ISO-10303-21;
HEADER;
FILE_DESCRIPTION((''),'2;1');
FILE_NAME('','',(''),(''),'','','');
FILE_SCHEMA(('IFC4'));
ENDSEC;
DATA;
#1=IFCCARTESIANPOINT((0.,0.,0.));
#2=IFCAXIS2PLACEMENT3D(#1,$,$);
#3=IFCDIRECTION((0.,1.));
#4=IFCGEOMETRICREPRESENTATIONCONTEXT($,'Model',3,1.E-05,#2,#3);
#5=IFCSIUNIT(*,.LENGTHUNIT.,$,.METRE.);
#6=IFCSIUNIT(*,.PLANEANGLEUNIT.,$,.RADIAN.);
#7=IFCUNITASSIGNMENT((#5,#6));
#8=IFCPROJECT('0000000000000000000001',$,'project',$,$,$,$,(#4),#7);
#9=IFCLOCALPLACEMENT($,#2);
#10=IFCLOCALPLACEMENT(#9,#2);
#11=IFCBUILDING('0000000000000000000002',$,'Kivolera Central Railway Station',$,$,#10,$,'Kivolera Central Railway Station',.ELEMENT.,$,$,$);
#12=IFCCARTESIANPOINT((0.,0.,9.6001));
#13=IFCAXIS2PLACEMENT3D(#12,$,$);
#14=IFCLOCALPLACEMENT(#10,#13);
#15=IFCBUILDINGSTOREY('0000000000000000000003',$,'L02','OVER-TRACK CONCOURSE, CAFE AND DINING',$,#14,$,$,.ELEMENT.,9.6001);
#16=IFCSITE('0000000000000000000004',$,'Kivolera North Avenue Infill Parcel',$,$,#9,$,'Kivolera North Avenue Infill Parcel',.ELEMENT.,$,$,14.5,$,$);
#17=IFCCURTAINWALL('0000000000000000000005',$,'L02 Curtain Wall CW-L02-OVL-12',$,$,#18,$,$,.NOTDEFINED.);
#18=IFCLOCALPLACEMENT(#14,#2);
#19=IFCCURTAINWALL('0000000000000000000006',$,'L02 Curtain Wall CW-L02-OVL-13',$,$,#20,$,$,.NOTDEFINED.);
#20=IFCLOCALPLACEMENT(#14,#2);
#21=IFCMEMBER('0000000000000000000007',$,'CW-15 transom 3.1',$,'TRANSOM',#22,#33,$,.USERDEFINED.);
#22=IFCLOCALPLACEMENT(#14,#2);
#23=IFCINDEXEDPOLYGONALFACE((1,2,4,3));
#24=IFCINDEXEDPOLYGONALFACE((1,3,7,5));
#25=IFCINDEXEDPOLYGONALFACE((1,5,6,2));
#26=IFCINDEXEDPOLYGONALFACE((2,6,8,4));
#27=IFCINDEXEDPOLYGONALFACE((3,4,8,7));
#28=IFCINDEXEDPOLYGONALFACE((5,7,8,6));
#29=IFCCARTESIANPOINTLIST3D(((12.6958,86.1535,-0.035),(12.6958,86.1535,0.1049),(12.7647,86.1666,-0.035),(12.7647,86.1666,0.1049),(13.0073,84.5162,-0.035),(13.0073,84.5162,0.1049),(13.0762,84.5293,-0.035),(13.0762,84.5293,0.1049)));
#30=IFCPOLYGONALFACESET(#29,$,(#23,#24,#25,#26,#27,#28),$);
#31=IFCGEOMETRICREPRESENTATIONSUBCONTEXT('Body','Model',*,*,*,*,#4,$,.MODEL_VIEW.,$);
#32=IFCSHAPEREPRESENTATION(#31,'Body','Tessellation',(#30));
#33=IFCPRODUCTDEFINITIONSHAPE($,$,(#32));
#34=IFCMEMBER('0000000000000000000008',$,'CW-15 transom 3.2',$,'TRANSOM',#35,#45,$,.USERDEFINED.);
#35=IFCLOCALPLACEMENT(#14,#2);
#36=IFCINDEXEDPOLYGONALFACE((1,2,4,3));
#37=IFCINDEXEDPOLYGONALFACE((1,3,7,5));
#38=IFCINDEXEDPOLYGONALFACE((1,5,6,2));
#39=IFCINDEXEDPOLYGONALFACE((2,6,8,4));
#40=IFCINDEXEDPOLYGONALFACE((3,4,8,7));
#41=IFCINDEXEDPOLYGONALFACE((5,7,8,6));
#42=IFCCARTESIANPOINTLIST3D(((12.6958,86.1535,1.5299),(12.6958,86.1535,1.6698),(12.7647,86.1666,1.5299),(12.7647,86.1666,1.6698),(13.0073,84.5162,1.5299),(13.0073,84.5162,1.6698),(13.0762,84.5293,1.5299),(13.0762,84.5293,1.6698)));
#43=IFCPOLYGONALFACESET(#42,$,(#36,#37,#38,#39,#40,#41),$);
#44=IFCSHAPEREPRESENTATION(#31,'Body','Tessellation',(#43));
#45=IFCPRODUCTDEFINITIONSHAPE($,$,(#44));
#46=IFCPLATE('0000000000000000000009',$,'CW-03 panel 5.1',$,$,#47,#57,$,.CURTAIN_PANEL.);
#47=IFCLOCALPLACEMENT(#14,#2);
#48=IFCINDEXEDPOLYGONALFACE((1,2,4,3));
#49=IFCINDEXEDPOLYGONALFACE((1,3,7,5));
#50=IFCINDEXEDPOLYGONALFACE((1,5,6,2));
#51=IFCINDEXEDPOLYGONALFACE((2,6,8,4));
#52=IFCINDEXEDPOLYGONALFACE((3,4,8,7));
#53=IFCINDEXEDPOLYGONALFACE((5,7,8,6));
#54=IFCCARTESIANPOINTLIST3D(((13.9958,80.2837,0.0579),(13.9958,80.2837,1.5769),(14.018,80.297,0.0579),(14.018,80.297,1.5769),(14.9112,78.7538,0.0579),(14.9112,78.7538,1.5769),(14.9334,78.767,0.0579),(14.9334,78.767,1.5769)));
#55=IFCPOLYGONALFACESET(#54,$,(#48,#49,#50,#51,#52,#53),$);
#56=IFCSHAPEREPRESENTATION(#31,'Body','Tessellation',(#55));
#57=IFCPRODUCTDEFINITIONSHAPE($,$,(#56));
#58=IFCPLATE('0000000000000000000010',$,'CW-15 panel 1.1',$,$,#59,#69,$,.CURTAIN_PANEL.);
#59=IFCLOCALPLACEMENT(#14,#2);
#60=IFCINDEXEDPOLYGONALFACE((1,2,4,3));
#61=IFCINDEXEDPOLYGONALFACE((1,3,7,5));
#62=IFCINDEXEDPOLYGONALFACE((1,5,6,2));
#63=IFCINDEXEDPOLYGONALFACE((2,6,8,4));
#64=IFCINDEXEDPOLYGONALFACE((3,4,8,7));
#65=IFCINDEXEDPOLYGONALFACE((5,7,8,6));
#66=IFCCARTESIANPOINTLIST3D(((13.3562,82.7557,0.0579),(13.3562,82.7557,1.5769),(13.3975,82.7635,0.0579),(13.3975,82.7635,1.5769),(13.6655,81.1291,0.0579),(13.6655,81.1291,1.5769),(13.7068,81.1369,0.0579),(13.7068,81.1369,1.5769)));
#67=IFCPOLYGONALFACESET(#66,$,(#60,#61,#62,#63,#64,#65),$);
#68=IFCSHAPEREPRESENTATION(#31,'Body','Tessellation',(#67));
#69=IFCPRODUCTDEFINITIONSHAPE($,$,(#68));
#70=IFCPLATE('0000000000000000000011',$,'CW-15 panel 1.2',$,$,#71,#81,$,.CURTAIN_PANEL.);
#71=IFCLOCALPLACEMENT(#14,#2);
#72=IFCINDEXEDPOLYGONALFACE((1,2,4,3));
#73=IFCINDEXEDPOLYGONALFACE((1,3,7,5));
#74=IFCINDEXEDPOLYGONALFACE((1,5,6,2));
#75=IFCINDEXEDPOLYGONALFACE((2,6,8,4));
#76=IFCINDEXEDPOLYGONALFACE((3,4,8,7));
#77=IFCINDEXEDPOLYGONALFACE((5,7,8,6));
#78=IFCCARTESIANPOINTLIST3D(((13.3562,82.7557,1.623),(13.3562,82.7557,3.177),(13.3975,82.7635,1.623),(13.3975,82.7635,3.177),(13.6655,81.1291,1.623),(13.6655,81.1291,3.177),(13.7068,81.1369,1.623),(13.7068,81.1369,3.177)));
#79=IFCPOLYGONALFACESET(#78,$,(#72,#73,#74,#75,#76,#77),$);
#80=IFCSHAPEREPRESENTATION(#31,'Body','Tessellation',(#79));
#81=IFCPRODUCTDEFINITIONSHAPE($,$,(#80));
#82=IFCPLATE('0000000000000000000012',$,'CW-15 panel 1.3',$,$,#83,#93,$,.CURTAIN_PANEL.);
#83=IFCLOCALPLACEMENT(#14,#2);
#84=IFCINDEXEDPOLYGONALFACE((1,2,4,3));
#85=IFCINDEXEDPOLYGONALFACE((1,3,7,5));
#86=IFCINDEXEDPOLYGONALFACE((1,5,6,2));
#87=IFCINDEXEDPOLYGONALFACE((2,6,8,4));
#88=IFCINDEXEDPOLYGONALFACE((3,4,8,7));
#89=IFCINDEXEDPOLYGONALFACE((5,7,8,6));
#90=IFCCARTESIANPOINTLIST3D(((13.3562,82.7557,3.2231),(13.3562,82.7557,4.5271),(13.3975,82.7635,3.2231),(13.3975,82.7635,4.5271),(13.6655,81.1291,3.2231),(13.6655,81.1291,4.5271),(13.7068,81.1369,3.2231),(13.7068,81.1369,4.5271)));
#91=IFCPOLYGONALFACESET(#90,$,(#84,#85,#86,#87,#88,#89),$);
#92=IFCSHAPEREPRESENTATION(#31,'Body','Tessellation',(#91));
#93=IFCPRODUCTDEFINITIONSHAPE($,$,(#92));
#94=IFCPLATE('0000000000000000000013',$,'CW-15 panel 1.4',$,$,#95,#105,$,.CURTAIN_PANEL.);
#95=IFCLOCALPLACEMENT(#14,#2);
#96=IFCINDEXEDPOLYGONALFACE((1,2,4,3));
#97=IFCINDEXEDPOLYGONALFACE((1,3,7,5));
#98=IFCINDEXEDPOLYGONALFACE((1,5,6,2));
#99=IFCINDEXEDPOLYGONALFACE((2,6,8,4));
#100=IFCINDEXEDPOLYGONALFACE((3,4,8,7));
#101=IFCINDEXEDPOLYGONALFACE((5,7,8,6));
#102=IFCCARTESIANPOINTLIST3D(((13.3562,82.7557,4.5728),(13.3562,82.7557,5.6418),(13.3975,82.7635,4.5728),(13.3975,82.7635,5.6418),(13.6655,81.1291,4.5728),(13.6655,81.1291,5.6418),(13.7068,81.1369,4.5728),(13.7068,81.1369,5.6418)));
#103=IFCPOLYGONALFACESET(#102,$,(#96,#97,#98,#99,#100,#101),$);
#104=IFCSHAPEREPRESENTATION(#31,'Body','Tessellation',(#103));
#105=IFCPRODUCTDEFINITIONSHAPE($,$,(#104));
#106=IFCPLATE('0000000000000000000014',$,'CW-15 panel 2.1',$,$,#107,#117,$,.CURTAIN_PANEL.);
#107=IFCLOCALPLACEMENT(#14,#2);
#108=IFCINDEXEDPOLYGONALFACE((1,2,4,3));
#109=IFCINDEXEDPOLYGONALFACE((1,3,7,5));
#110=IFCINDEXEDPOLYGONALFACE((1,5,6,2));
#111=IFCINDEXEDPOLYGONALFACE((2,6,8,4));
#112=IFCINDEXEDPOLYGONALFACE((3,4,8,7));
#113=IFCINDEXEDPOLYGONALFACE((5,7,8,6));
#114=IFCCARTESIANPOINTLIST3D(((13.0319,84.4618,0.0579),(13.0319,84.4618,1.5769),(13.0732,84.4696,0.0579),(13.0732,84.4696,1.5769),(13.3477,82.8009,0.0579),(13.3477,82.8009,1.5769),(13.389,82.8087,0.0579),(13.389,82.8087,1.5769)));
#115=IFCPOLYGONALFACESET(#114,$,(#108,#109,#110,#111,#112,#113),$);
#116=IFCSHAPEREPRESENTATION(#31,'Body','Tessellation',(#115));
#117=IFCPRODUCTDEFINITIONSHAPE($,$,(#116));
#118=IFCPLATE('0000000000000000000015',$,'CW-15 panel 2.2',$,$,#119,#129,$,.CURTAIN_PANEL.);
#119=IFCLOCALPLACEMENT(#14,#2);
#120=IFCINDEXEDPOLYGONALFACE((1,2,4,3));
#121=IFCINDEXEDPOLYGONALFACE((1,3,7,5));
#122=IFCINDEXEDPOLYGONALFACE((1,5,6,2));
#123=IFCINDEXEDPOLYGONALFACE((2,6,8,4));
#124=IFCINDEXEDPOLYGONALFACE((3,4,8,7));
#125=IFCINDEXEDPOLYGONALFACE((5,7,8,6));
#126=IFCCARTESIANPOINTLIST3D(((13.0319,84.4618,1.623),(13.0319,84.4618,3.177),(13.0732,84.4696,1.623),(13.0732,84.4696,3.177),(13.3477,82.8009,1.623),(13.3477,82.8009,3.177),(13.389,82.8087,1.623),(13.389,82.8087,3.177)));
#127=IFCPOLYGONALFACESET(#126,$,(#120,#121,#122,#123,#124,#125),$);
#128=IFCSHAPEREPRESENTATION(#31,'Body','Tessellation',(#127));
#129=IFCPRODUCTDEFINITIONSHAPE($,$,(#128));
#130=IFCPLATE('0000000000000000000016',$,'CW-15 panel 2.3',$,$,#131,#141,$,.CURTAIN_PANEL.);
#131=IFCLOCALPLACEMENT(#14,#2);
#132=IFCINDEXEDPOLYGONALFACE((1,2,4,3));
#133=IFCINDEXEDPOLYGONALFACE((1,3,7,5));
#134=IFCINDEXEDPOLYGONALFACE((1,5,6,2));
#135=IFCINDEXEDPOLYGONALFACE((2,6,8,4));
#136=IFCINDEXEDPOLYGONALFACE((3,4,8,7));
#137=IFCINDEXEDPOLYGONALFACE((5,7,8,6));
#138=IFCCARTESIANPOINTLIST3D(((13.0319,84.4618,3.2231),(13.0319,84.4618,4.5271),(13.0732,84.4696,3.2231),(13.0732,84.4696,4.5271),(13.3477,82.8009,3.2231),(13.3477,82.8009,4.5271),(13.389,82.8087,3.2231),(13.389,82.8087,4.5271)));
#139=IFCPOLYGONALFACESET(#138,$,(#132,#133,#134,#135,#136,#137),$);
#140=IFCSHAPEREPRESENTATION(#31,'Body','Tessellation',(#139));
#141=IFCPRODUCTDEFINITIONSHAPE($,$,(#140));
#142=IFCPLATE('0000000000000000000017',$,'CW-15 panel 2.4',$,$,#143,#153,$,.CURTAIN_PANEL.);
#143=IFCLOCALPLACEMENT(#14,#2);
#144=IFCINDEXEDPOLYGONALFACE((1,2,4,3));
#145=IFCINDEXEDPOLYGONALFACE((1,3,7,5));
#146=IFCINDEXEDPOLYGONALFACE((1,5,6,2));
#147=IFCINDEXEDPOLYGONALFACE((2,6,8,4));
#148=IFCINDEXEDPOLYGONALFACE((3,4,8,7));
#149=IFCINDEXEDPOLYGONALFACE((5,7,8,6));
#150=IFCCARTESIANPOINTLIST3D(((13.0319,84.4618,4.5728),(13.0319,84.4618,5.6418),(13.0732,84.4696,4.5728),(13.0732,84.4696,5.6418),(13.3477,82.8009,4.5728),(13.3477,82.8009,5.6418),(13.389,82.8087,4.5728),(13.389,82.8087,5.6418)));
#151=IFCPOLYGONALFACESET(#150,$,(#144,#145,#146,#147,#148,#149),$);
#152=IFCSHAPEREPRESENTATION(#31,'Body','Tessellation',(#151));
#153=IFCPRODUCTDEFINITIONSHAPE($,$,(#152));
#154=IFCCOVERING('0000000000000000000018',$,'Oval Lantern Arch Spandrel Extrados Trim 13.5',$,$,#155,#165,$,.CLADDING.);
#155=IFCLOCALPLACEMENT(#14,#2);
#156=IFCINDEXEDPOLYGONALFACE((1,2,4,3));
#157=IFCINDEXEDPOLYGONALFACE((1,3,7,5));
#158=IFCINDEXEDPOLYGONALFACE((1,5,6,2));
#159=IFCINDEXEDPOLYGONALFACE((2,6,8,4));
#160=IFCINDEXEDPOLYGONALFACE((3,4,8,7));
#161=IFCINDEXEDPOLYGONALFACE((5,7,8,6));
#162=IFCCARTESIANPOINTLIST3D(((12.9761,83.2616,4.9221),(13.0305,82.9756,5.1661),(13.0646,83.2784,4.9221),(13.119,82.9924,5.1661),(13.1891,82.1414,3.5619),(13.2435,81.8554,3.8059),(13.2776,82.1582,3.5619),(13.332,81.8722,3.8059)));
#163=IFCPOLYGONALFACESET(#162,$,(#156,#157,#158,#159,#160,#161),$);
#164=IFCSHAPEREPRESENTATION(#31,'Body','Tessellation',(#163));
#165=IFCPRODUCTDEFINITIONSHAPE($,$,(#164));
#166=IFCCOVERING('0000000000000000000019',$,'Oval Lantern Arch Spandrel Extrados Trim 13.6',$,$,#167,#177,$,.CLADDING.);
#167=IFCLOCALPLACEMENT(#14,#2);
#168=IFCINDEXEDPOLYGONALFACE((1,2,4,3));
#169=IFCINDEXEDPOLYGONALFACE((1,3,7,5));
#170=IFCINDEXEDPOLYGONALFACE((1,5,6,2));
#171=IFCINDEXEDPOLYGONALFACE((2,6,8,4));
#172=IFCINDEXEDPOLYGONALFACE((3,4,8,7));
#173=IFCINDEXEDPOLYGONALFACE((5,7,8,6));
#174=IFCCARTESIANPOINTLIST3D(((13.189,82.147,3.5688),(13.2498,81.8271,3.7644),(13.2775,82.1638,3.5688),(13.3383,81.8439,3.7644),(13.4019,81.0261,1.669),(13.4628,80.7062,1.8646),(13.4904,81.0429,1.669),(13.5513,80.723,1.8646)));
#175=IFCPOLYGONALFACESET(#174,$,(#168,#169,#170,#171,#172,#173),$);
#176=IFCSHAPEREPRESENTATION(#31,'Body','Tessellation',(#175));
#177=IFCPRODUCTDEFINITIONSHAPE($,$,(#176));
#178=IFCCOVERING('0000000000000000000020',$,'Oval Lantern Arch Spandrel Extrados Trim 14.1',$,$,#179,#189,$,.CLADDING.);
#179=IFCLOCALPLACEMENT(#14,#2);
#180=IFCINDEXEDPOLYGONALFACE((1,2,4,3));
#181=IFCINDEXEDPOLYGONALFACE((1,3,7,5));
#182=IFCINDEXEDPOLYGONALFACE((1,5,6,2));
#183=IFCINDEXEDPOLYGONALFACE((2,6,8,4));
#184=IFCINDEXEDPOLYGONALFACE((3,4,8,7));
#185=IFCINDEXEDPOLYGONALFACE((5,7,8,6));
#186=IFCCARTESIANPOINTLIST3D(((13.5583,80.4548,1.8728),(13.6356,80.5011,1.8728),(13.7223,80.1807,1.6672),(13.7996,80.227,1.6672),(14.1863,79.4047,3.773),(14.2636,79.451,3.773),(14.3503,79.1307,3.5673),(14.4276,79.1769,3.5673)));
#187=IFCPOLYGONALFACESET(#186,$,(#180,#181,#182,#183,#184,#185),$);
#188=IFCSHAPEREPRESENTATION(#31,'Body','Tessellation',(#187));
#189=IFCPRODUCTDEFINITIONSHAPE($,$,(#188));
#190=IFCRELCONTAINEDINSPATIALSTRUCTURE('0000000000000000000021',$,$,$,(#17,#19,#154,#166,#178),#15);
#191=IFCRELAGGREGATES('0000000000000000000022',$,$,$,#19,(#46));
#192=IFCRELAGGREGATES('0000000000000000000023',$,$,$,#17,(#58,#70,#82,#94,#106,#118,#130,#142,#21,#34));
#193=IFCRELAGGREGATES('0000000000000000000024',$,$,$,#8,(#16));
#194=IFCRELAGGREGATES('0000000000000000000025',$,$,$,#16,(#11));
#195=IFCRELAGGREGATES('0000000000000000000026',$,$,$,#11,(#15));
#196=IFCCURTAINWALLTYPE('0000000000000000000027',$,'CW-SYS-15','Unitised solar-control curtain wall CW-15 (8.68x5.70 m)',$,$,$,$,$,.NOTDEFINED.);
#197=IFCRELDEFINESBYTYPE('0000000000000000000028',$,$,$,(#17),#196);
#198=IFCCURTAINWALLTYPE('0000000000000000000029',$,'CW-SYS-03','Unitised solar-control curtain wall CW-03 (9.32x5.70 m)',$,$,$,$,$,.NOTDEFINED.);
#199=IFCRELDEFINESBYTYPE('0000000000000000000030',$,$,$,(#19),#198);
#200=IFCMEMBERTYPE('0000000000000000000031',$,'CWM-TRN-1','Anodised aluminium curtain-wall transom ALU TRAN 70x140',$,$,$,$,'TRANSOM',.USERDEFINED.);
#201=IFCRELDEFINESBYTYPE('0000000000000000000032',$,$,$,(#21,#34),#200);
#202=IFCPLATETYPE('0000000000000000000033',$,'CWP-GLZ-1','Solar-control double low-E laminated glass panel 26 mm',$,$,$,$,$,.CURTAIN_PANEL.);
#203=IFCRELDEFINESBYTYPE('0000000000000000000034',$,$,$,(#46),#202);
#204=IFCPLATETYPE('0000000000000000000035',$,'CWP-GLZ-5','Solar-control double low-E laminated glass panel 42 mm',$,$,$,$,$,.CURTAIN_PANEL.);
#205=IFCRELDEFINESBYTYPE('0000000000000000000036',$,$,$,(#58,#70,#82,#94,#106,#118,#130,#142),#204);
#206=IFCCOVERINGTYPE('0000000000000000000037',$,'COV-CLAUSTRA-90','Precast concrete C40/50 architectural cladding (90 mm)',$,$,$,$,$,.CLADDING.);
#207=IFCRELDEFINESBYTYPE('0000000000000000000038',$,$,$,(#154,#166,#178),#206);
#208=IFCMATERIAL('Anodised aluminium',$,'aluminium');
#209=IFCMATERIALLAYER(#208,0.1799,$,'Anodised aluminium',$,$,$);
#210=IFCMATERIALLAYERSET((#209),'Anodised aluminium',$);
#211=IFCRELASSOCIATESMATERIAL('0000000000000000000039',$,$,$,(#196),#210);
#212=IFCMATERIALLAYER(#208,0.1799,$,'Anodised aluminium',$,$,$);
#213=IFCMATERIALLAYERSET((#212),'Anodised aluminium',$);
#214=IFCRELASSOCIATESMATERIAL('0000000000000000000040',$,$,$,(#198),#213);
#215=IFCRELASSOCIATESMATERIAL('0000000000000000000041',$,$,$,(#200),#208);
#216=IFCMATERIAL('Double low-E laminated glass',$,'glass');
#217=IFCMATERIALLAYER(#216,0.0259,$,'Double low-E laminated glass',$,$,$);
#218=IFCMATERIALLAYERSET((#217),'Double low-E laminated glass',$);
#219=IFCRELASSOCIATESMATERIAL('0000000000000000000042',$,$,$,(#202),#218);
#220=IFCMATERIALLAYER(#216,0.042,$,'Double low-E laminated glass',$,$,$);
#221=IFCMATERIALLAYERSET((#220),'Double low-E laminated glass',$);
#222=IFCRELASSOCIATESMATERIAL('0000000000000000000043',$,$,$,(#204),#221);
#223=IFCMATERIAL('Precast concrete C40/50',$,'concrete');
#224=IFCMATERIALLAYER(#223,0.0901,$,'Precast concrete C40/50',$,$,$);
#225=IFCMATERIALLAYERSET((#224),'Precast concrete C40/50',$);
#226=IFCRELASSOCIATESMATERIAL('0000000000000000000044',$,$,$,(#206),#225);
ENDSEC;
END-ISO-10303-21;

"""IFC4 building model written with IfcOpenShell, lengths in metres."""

from ifc_helpers import new_model, si_unit, direction, frame, origin, origin_2d, place, context, subcontext, project, spatial, rectangle, extrude, material, layer, layer_set, material_profile, profile_set, type_object, element, aggregate, save


model = new_model("IFC4")

# Units and contexts
model_context = context("Model", 3, precision=1e-05, world=origin(), true_north=direction((0.0, 1.0)))
body_context = subcontext(model_context, "Body", "Model", "MODEL_VIEW")
ifc_project = project(units=[si_unit("LENGTHUNIT", "METRE"), si_unit("PLANEANGLEUNIT", "RADIAN")], contexts=[model_context])

# Site, building, storey
site_placement = place(None, origin())
site = spatial("IfcSite", under=ifc_project, at=site_placement, Name="Kivolera North Avenue Infill Parcel", LongName="Kivolera North Avenue Infill Parcel", CompositionType="ELEMENT", RefElevation=14.5)
building_placement = place(site_placement, origin())
building = spatial("IfcBuilding", under=site, at=building_placement, Name="Kivolera Central Railway Station", LongName="Kivolera Central Railway Station", CompositionType="ELEMENT")
storey_placement = place(building_placement, frame((0.0, 0.0, 9.6001)))
storey = spatial("IfcBuildingStorey", under=building, at=storey_placement, Name="L02", Description="OVER-TRACK CONCOURSE, CAFE AND DINING", CompositionType="ELEMENT", Elevation=9.6001)

# Curtain wall
ifc_material_1 = material(Name="Anodised aluminium", Category="aluminium")
ifc_layer_1 = layer(ifc_material_1, 0.1799, Name="Anodised aluminium")
ifc_layer_set_1 = layer_set([ifc_layer_1], Name="Anodised aluminium")
curtain_wall_type_1 = type_object("IfcCurtainWallType", Name="CW-SYS-15", Description="Unitised solar-control curtain wall CW-15 (8.68x5.70 m)", PredefinedType="NOTDEFINED", material=ifc_layer_set_1)
curtain_wall_1_placement = place(storey_placement, origin())
curtain_wall_1 = element("IfcCurtainWall", 1, at=curtain_wall_1_placement, inside=storey, type_object=curtain_wall_type_1, Name="L02 Curtain Wall CW-L02-OVL-12", PredefinedType="NOTDEFINED")

# Curtain wall
ifc_layer_2 = layer(ifc_material_1, 0.1799, Name="Anodised aluminium")
ifc_layer_set_2 = layer_set([ifc_layer_2], Name="Anodised aluminium")
curtain_wall_type_2 = type_object("IfcCurtainWallType", Name="CW-SYS-03", Description="Unitised solar-control curtain wall CW-03 (9.32x5.70 m)", PredefinedType="NOTDEFINED", material=ifc_layer_set_2)
curtain_wall_2_placement = place(storey_placement, origin())
curtain_wall_2 = element("IfcCurtainWall", 2, at=curtain_wall_2_placement, inside=storey, type_object=curtain_wall_type_2, Name="L02 Curtain Wall CW-L02-OVL-13", PredefinedType="NOTDEFINED")

# Members
ifc_material_profile_1 = material_profile(ifc_material_1, rectangle(XDim=0.0701, YDim=0.1399, at=origin_2d()), Name="ALU TRAN 70x140")
ifc_profile_set_1 = profile_set([ifc_material_profile_1], Name="Anodised aluminium")
member_type_1 = type_object("IfcMemberType", Name="CWM-TRN-1", Description="Anodised aluminium curtain-wall transom ALU TRAN 70x140", ElementType="TRANSOM", PredefinedType="USERDEFINED", material=ifc_profile_set_1)
member_1_placement = place(storey_placement, frame((13.0417, 84.5227, 0.0349), z_axis=(-0.186897, 0.98238, 0.0), x_axis=(-0.98238, -0.186897, 0.0)))
member_1 = element("IfcMember", 3, at=member_1_placement, type_object=member_type_1, Name="CW-15 transom 3.1", ObjectType="TRANSOM", PredefinedType="USERDEFINED", context=body_context, shape_type="SweptSolid", body=[
    extrude(rectangle(XDim=0.0701, YDim=0.1399, at=origin_2d()), origin(), (0.0, 0.0, 1.0), 1.6667),
])
member_2_placement = place(storey_placement, frame((13.0417, 84.5227, 1.5999), z_axis=(-0.186897, 0.98238, 0.0), x_axis=(-0.98238, -0.186897, 0.0)))
member_2 = element("IfcMember", 4, at=member_2_placement, type_object=member_type_1, Name="CW-15 transom 3.2", ObjectType="TRANSOM", PredefinedType="USERDEFINED", context=body_context, shape_type="SweptSolid", body=[
    extrude(rectangle(XDim=0.0701, YDim=0.1399, at=origin_2d()), origin(), (0.0, 0.0, 1.0), 1.6667),
])

# Plates
ifc_material_2 = material(Name="Double low-E laminated glass", Category="glass")
ifc_layer_3 = layer(ifc_material_2, 0.0259, Name="Double low-E laminated glass")
ifc_layer_set_3 = layer_set([ifc_layer_3], Name="Double low-E laminated glass")
plate_type_1 = type_object("IfcPlateType", Name="CWP-GLZ-1", Description="Solar-control double low-E laminated glass panel 26 mm", PredefinedType="CURTAIN_PANEL", material=ifc_layer_set_3)
plate_1_placement = place(storey_placement, frame((14.4646, 79.5254, 0.0579), z_axis=(0.0, 0.0, 1.0), x_axis=(-0.513454, 0.858117, 0.0)))
plate_1 = element("IfcPlate", 5, at=plate_1_placement, type_object=plate_type_1, Name="CW-03 panel 5.1", PredefinedType="CURTAIN_PANEL", context=body_context, shape_type="SweptSolid", body=[
    extrude(rectangle(XDim=1.783, YDim=0.0259, at=origin_2d()), origin(), (0.0, 0.0, 1.0), 1.519),
])
aggregate(curtain_wall_2, [plate_1])
ifc_layer_4 = layer(ifc_material_2, 0.042, Name="Double low-E laminated glass")
ifc_layer_set_4 = layer_set([ifc_layer_4], Name="Double low-E laminated glass")
plate_type_2 = type_object("IfcPlateType", Name="CWP-GLZ-5", Description="Solar-control double low-E laminated glass panel 42 mm", PredefinedType="CURTAIN_PANEL", material=ifc_layer_set_4)
plate_2_placement = place(storey_placement, frame((13.5315, 81.9463, 0.0579), z_axis=(0.0, 0.0, 1.0), x_axis=(-0.186784, 0.982401, 0.0)))
plate_2 = element("IfcPlate", 6, at=plate_2_placement, type_object=plate_type_2, Name="CW-15 panel 1.1", PredefinedType="CURTAIN_PANEL", context=body_context, shape_type="SweptSolid", body=[
    extrude(rectangle(XDim=1.6558, YDim=0.042, at=origin_2d()), origin(), (0.0, 0.0, 1.0), 1.519),
])
plate_3_placement = place(storey_placement, frame((13.5315, 81.9463, 1.623), z_axis=(0.0, 0.0, 1.0), x_axis=(-0.186784, 0.982401, 0.0)))
plate_3 = element("IfcPlate", 7, at=plate_3_placement, type_object=plate_type_2, Name="CW-15 panel 1.2", PredefinedType="CURTAIN_PANEL", context=body_context, shape_type="SweptSolid", body=[
    extrude(rectangle(XDim=1.6558, YDim=0.042, at=origin_2d()), origin(), (0.0, 0.0, 1.0), 1.554),
])
plate_4_placement = place(storey_placement, frame((13.5315, 81.9463, 3.2231), z_axis=(0.0, 0.0, 1.0), x_axis=(-0.186784, 0.982401, 0.0)))
plate_4 = element("IfcPlate", 8, at=plate_4_placement, type_object=plate_type_2, Name="CW-15 panel 1.3", PredefinedType="CURTAIN_PANEL", context=body_context, shape_type="SweptSolid", body=[
    extrude(rectangle(XDim=1.6558, YDim=0.042, at=origin_2d()), origin(), (0.0, 0.0, 1.0), 1.304),
])
plate_5_placement = place(storey_placement, frame((13.5315, 81.9463, 4.5728), z_axis=(0.0, 0.0, 1.0), x_axis=(-0.186784, 0.982401, 0.0)))
plate_5 = element("IfcPlate", 9, at=plate_5_placement, type_object=plate_type_2, Name="CW-15 panel 1.4", PredefinedType="CURTAIN_PANEL", context=body_context, shape_type="SweptSolid", body=[
    extrude(rectangle(XDim=1.6558, YDim=0.042, at=origin_2d()), origin(), (0.0, 0.0, 1.0), 1.0691),
])
plate_6_placement = place(storey_placement, frame((13.2104, 83.6353, 0.0579), z_axis=(0.0, 0.0, 1.0), x_axis=(-0.186784, 0.982401, 0.0)))
plate_6 = element("IfcPlate", 10, at=plate_6_placement, type_object=plate_type_2, Name="CW-15 panel 2.1", PredefinedType="CURTAIN_PANEL", context=body_context, shape_type="SweptSolid", body=[
    extrude(rectangle(XDim=1.6907, YDim=0.042, at=origin_2d()), origin(), (0.0, 0.0, 1.0), 1.519),
])
plate_7_placement = place(storey_placement, frame((13.2104, 83.6353, 1.623), z_axis=(0.0, 0.0, 1.0), x_axis=(-0.186784, 0.982401, 0.0)))
plate_7 = element("IfcPlate", 11, at=plate_7_placement, type_object=plate_type_2, Name="CW-15 panel 2.2", PredefinedType="CURTAIN_PANEL", context=body_context, shape_type="SweptSolid", body=[
    extrude(rectangle(XDim=1.6907, YDim=0.042, at=origin_2d()), origin(), (0.0, 0.0, 1.0), 1.554),
])
plate_8_placement = place(storey_placement, frame((13.2104, 83.6353, 3.2231), z_axis=(0.0, 0.0, 1.0), x_axis=(-0.186784, 0.982401, 0.0)))
plate_8 = element("IfcPlate", 12, at=plate_8_placement, type_object=plate_type_2, Name="CW-15 panel 2.3", PredefinedType="CURTAIN_PANEL", context=body_context, shape_type="SweptSolid", body=[
    extrude(rectangle(XDim=1.6907, YDim=0.042, at=origin_2d()), origin(), (0.0, 0.0, 1.0), 1.304),
])
plate_9_placement = place(storey_placement, frame((13.2104, 83.6353, 4.5728), z_axis=(0.0, 0.0, 1.0), x_axis=(-0.186784, 0.982401, 0.0)))
plate_9 = element("IfcPlate", 13, at=plate_9_placement, type_object=plate_type_2, Name="CW-15 panel 2.4", PredefinedType="CURTAIN_PANEL", context=body_context, shape_type="SweptSolid", body=[
    extrude(rectangle(XDim=1.6907, YDim=0.042, at=origin_2d()), origin(), (0.0, 0.0, 1.0), 1.0691),
])
aggregate(curtain_wall_1, [plate_2, plate_3, plate_4, plate_5, plate_6, plate_7, plate_8, plate_9, member_1, member_2])

# Coverings
ifc_material_3 = material(Name="Precast concrete C40/50", Category="concrete")
ifc_layer_5 = layer(ifc_material_3, 0.0901, Name="Precast concrete C40/50")
ifc_layer_set_5 = layer_set([ifc_layer_5], Name="Precast concrete C40/50")
covering_type = type_object("IfcCoveringType", Name="COV-CLAUSTRA-90", Description="Precast concrete C40/50 architectural cladding (90 mm)", PredefinedType="CLADDING", material=ifc_layer_set_5)
covering_1_placement = place(storey_placement, frame((13.1541, 82.5669, 4.364), z_axis=(0.120024, -0.631112, -0.76635), x_axis=(-0.98239, -0.186841, 0.0)))
element("IfcCovering", 14, at=covering_1_placement, inside=storey, type_object=covering_type, Name="Oval Lantern Arch Spandrel Extrados Trim 13.5", PredefinedType="CLADDING", context=body_context, shape_type="SweptSolid", body=[
    extrude(rectangle(XDim=0.0901, YDim=0.3799, at=origin_2d()), frame((0.0, 0.0, -0.8875)), (0.0, 0.0, 1.0), 1.7749),
])
covering_2_placement = place(storey_placement, frame((13.3701, 81.4351, 2.7168), z_axis=(0.096106, -0.505797, -0.857283), x_axis=(-0.98239, -0.186841, 0.0)))
element("IfcCovering", 15, at=covering_2_placement, inside=storey, type_object=covering_type, Name="Oval Lantern Arch Spandrel Extrados Trim 13.6", PredefinedType="CLADDING", context=body_context, shape_type="SweptSolid", body=[
    extrude(rectangle(XDim=0.0901, YDim=0.3799, at=origin_2d()), frame((0.0, 0.0, -1.1079)), (0.0, 0.0, 1.0), 2.2161),
])
covering_3_placement = place(storey_placement, frame((13.9929, 79.8159, 2.72), z_axis=(0.277896, -0.464634, 0.840767), x_axis=(-0.858138, -0.51342, 0.0)))
element("IfcCovering", 16, at=covering_3_placement, inside=storey, type_object=covering_type, Name="Oval Lantern Arch Spandrel Extrados Trim 14.1", PredefinedType="CLADDING", context=body_context, shape_type="SweptSolid", body=[
    extrude(rectangle(XDim=0.0901, YDim=0.3799, at=origin_2d()), frame((0.0, 0.0, -1.1299)), (0.0, 0.0, 1.0), 2.26),
])

save(model, "model.ifc")
